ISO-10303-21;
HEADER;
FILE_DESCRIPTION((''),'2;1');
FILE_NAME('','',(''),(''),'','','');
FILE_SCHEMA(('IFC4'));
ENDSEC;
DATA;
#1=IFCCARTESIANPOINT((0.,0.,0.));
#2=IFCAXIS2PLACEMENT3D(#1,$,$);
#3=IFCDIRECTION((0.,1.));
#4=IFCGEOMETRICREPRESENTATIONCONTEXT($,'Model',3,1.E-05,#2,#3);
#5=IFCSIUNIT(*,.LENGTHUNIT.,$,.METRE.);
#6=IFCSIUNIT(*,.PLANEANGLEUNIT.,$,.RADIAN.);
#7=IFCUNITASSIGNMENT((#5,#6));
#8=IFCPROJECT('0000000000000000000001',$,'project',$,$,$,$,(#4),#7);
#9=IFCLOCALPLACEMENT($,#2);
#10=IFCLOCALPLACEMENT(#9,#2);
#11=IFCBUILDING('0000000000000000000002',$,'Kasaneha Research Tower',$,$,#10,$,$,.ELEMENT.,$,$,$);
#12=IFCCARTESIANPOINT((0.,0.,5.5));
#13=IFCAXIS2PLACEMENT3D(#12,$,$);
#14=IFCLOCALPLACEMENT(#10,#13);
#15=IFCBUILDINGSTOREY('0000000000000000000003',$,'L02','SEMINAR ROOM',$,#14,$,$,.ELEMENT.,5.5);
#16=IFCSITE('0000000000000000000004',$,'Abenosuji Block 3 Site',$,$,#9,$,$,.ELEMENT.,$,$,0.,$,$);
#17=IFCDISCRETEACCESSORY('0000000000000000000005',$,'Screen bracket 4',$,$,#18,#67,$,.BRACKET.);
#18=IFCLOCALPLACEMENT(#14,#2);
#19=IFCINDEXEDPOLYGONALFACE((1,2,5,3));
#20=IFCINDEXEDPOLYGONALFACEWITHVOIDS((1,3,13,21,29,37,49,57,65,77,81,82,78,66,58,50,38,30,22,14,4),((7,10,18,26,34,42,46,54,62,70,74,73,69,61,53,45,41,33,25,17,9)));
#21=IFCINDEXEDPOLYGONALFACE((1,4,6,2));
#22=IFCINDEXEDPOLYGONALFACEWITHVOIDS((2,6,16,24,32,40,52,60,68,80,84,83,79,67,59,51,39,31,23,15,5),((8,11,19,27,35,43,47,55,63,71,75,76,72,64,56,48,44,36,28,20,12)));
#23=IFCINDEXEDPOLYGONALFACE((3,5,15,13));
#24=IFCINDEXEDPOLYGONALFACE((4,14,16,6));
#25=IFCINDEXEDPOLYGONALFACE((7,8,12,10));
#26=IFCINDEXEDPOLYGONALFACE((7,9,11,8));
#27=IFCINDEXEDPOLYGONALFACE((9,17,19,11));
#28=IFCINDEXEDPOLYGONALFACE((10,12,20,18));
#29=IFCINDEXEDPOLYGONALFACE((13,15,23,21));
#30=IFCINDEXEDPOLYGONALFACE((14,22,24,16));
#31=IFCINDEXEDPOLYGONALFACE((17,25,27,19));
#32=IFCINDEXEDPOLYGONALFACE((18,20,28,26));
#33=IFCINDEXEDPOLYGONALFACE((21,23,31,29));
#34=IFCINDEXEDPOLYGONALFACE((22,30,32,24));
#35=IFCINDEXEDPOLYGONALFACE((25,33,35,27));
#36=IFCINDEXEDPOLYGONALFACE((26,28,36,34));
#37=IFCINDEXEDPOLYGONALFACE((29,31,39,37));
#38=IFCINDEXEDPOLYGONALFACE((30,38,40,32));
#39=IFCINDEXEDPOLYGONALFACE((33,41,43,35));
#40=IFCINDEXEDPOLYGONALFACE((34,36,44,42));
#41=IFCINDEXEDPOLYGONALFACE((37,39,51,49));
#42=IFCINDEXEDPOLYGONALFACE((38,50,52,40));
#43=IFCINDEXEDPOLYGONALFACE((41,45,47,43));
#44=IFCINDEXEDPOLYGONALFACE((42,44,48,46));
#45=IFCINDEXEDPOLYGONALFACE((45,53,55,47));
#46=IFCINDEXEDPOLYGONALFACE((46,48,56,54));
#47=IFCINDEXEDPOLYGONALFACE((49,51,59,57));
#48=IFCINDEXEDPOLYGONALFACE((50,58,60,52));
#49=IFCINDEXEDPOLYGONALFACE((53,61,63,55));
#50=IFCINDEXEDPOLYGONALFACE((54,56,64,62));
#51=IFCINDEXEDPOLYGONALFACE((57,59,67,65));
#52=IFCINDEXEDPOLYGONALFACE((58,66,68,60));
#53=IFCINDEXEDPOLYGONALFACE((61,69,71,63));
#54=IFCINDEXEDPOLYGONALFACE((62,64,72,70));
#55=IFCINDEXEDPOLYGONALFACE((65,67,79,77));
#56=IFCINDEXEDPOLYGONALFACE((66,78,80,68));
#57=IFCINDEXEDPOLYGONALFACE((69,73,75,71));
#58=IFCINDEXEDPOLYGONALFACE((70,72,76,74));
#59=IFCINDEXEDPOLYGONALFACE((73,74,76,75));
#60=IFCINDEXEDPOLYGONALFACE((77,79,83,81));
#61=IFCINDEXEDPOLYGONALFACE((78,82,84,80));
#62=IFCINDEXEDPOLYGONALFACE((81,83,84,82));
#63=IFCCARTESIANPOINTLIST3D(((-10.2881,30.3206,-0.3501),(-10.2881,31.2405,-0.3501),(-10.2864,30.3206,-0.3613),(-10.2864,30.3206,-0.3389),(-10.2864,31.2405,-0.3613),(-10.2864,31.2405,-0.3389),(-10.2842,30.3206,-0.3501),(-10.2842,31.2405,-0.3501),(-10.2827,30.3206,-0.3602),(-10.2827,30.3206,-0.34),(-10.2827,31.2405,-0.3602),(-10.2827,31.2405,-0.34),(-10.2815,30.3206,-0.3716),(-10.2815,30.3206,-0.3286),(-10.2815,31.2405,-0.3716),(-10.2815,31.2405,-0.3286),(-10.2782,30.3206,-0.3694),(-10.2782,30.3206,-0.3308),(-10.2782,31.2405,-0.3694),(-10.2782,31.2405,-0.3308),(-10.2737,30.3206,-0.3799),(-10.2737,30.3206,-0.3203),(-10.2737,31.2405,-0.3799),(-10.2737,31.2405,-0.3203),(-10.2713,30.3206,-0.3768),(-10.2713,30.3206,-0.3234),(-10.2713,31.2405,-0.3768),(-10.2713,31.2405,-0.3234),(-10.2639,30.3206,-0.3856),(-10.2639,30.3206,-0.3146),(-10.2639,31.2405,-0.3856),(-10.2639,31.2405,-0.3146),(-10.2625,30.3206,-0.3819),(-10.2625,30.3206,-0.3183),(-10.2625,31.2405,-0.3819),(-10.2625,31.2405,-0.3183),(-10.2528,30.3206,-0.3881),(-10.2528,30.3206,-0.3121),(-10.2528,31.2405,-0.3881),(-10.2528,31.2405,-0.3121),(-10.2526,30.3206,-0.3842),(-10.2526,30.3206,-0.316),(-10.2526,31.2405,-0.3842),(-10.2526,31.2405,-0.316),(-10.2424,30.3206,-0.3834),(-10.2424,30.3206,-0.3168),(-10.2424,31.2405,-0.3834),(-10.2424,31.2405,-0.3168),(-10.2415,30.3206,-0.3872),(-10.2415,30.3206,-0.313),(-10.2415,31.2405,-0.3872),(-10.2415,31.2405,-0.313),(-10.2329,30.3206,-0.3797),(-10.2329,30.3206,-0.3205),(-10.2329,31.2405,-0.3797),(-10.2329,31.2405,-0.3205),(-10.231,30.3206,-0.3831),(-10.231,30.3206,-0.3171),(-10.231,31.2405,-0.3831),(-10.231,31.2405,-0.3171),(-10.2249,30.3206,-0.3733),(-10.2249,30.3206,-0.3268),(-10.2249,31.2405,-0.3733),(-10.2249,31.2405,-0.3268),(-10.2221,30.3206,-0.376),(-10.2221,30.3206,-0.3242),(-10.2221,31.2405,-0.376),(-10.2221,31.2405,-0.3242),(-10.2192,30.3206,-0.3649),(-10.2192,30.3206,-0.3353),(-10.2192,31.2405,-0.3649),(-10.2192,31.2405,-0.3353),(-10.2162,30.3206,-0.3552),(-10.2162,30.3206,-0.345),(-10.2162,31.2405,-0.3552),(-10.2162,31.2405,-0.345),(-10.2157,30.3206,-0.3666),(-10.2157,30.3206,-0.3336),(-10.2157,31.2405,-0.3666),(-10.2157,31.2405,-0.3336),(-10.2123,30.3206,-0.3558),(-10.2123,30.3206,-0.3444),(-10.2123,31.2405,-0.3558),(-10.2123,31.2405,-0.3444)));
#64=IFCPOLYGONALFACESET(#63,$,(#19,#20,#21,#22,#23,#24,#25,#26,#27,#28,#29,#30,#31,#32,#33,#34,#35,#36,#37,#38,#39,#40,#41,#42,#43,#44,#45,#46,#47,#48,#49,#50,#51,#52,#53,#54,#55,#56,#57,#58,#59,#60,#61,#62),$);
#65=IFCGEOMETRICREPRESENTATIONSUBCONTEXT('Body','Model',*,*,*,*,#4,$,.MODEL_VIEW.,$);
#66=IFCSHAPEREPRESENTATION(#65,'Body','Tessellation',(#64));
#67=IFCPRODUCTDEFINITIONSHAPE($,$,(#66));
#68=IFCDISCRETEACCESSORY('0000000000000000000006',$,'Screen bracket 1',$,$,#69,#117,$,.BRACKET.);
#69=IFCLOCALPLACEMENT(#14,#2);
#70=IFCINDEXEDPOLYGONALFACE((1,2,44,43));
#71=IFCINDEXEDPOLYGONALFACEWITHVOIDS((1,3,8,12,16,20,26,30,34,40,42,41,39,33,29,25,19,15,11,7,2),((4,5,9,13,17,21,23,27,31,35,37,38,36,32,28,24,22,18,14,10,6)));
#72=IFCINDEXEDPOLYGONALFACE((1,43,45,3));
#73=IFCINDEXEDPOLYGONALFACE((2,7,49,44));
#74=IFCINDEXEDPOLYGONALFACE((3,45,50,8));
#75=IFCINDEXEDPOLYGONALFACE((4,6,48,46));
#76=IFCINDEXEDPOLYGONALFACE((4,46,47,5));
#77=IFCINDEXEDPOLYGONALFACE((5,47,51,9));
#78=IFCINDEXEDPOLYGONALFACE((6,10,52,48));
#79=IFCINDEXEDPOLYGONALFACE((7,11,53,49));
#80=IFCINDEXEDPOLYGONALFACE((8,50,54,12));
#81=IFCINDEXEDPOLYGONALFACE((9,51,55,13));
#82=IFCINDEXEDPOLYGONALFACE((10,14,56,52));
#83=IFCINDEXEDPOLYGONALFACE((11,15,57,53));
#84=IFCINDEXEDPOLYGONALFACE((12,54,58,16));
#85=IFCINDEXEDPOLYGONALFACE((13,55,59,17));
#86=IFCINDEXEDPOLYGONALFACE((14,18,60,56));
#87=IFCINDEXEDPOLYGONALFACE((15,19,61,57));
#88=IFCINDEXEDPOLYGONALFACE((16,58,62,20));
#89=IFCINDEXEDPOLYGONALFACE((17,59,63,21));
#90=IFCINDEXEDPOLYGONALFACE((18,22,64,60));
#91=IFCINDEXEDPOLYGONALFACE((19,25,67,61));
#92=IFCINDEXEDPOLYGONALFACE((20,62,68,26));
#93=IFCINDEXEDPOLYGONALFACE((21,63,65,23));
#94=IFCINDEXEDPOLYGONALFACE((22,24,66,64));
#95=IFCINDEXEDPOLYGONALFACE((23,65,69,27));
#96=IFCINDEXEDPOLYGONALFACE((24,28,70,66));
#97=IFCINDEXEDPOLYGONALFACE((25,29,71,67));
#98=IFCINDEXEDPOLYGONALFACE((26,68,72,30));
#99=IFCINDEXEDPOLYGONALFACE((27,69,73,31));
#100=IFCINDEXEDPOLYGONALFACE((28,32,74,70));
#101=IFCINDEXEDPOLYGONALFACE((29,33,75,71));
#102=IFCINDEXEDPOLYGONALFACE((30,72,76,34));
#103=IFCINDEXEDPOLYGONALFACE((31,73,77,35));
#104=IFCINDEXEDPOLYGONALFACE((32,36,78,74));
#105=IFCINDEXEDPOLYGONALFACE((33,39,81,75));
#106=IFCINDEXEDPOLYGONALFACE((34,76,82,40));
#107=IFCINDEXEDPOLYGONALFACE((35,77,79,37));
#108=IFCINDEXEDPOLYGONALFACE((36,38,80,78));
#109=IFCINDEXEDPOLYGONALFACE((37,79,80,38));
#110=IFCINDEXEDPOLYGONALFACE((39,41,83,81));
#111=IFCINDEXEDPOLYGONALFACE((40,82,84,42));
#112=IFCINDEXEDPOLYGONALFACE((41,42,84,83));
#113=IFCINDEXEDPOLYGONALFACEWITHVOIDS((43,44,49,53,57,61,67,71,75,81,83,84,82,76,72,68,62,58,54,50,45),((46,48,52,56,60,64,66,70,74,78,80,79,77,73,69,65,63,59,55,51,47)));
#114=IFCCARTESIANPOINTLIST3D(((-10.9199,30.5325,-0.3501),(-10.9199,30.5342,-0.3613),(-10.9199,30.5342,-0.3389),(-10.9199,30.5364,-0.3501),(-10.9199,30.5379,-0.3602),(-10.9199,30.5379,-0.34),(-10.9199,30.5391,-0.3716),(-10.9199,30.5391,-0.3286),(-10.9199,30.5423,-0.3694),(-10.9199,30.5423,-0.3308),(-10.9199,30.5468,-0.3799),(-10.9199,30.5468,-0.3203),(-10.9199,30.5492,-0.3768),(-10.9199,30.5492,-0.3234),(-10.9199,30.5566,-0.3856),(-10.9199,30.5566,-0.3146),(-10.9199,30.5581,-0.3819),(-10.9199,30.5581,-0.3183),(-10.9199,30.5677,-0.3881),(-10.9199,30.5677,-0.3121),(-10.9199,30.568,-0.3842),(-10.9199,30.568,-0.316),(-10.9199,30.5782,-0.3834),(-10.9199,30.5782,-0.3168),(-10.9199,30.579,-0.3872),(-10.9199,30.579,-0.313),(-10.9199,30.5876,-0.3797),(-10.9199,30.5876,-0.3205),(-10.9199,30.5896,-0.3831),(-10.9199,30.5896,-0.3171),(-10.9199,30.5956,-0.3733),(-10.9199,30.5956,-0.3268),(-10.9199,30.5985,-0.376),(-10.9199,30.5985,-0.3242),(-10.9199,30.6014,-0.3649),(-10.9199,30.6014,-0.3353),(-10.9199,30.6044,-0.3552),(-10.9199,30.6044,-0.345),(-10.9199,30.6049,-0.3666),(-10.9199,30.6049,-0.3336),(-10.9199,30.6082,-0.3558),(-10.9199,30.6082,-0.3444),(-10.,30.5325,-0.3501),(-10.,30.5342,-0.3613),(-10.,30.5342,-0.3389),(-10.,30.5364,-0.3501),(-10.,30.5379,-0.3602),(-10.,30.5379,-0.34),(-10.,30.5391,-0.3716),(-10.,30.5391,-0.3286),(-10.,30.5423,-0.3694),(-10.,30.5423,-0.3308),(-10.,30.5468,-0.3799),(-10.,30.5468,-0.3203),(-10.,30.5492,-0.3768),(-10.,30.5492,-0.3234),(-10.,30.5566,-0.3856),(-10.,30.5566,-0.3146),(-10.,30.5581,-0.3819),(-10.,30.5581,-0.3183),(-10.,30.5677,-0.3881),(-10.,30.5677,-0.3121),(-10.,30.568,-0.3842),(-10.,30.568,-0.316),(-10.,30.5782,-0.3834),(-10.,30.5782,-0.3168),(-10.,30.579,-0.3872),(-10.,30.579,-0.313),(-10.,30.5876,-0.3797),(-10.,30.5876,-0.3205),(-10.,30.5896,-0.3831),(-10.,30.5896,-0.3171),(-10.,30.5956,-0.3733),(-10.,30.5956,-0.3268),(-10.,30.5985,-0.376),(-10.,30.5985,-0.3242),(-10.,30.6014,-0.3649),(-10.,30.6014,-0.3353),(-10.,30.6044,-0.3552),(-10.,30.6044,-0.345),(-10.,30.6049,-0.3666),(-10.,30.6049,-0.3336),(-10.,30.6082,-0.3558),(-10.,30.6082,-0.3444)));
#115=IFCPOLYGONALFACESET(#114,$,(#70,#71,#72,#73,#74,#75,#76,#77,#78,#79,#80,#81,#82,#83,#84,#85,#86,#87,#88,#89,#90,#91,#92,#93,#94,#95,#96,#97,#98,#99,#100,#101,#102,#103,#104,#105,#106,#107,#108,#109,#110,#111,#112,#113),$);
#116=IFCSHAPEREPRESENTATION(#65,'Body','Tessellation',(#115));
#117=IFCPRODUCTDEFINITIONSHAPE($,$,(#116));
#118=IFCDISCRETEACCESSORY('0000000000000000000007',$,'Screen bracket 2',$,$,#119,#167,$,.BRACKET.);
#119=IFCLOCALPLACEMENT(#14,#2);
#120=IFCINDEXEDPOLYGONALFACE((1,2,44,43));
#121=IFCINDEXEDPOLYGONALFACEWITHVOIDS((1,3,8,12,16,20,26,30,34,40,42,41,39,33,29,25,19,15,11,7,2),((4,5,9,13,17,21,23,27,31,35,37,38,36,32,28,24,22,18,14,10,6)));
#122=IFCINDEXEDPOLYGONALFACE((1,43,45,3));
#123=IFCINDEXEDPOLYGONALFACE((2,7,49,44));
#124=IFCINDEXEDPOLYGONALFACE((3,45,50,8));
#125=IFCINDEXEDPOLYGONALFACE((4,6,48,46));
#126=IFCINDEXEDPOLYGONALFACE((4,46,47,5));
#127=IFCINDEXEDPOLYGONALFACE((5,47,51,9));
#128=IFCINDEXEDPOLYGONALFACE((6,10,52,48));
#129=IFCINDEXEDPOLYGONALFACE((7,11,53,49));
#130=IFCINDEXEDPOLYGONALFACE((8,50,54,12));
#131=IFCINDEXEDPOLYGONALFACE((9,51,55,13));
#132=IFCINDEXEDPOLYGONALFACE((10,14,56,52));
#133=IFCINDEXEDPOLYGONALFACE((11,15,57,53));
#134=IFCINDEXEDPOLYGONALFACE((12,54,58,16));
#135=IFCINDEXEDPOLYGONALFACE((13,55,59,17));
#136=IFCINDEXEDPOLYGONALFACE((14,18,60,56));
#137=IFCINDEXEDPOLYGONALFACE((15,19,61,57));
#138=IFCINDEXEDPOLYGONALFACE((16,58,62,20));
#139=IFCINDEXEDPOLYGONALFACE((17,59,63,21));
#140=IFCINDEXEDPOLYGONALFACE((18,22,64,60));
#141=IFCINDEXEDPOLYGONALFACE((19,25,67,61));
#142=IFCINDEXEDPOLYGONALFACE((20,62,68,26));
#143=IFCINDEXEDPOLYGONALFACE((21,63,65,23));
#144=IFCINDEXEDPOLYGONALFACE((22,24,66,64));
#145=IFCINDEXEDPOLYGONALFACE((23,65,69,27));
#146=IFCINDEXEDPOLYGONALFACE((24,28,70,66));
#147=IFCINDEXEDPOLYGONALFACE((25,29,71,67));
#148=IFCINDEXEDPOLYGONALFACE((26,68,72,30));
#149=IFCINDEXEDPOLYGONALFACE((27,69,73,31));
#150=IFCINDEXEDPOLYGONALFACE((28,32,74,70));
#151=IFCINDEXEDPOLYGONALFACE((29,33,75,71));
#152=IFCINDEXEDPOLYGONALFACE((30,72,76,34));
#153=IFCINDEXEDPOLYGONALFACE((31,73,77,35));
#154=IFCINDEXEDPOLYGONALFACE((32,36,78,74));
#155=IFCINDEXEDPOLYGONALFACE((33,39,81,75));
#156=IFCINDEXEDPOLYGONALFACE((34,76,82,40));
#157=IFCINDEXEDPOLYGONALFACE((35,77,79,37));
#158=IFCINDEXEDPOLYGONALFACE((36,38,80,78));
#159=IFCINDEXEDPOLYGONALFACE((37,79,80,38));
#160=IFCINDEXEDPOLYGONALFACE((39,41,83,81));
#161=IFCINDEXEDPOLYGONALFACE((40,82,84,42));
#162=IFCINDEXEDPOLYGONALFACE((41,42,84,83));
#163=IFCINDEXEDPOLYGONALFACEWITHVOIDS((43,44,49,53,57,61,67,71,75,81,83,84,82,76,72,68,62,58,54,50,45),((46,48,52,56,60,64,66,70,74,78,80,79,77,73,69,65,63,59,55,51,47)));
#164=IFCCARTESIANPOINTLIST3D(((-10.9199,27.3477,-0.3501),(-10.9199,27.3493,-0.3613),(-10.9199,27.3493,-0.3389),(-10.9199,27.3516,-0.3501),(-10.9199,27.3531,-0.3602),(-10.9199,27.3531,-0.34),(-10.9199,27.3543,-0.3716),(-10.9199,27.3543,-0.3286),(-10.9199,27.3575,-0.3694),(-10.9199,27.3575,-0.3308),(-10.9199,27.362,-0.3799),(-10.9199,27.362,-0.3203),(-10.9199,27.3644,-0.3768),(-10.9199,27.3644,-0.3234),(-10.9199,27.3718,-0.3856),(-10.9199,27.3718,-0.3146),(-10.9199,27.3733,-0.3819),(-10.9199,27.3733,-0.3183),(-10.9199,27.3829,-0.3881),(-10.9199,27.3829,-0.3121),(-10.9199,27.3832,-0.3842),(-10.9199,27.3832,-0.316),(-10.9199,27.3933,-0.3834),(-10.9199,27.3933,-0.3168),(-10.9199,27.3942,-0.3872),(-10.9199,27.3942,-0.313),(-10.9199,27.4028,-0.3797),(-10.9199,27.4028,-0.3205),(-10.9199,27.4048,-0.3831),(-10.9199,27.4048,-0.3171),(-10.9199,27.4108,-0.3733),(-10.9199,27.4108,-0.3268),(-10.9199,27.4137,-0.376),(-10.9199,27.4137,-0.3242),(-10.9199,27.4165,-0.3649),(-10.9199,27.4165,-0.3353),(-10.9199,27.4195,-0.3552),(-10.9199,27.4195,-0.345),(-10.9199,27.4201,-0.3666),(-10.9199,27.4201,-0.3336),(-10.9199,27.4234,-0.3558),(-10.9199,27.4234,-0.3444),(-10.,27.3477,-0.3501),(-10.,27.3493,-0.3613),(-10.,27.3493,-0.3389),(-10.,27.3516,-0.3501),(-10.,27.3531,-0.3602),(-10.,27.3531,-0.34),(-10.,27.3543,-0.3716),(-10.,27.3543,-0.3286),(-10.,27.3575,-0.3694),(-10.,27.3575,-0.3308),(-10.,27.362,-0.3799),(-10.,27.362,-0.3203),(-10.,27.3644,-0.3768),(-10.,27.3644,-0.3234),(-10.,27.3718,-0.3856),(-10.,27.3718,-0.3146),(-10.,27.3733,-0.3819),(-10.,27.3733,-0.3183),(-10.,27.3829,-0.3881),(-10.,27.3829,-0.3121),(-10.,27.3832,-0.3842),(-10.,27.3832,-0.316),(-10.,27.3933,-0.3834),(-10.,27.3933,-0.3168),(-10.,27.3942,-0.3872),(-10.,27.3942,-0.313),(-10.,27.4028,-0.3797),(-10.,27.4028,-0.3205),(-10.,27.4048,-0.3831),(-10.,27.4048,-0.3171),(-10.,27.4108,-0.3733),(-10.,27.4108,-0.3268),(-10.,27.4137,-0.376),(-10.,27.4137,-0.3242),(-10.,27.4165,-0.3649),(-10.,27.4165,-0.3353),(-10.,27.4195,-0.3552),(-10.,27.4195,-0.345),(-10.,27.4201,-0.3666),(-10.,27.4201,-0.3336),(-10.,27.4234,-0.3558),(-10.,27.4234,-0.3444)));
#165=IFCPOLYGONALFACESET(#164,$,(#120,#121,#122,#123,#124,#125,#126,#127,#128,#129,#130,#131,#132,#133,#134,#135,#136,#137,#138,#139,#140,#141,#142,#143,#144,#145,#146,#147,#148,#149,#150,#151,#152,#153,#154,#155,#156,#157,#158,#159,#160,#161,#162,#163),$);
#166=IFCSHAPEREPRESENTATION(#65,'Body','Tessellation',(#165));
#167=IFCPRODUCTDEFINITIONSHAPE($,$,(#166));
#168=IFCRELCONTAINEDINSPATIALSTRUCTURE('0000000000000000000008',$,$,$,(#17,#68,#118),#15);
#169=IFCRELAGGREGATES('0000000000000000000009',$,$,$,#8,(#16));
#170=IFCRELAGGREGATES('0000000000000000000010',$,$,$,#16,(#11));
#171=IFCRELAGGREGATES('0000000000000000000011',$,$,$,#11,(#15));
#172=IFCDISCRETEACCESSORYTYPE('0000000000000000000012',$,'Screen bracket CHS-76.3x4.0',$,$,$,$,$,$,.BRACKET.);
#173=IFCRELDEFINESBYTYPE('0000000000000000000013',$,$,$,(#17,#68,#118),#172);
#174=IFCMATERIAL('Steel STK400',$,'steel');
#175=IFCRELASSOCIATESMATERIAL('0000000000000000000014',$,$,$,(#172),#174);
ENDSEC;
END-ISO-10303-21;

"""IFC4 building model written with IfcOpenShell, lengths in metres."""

from ifc_helpers import new_model, si_unit, direction, frame, origin, origin_2d, place, context, subcontext, project, spatial, hollow_circle, extrude, material, material_profile, profile_set, type_object, element, save


model = new_model("IFC4")

# Units and contexts
model_context = context("Model", 3, precision=1e-05, world=origin(), true_north=direction((0.0, 1.0)))
body_context = subcontext(model_context, "Body", "Model", "MODEL_VIEW")
ifc_project = project(units=[si_unit("LENGTHUNIT", "METRE"), si_unit("PLANEANGLEUNIT", "RADIAN")], contexts=[model_context])

# Site, building, storey
site_placement = place(None, origin())
site = spatial("IfcSite", under=ifc_project, at=site_placement, Name="Abenosuji Block 3 Site", CompositionType="ELEMENT", RefElevation=0.0)
building_placement = place(site_placement, origin())
building = spatial("IfcBuilding", under=site, at=building_placement, Name="Kasaneha Research Tower", CompositionType="ELEMENT")
storey_placement = place(building_placement, frame((0.0, 0.0, 5.5)))
storey = spatial("IfcBuildingStorey", under=building, at=storey_placement, Name="L02", Description="SEMINAR ROOM", CompositionType="ELEMENT", Elevation=5.5)

# Discrete accessories
ifc_material_1 = material(Name="Steel STK400", Category="steel")
ifc_material_profile_1 = material_profile(ifc_material_1, hollow_circle(Radius=0.0381, WallThickness=0.0039, at=origin_2d()), Name="CHS-76.3x4.0")
ifc_profile_set_1 = profile_set([ifc_material_profile_1], Name="Steel STK400")
discrete_accessory_type = type_object("IfcDiscreteAccessoryType", Name="Screen bracket CHS-76.3x4.0", PredefinedType="BRACKET", material=ifc_profile_set_1)
for number, where, z_axis, x_axis, name in (
    (1, (-10.25, 30.3206, -0.3501), (0.0, 1.0, 0.0), (-1.0, 0.0, 0.0), "Screen bracket 4"),
    (2, (-10.0, 30.5706, -0.3501), (-1.0, 0.0, 0.0), (0.0, -1.0, 0.0), "Screen bracket 1"),
    (3, (-10.0, 27.3857, -0.3501), (-1.0, 0.0, 0.0), (0.0, -1.0, 0.0), "Screen bracket 2"),
):
    element("IfcDiscreteAccessory", number, at=place(storey_placement, frame(where, z_axis=z_axis, x_axis=x_axis)), inside=storey, type_object=discrete_accessory_type, Name=name, PredefinedType="BRACKET", context=body_context, shape_type="SweptSolid", body=[
        extrude(hollow_circle(Radius=0.0381, WallThickness=0.0039, at=origin_2d()), origin(), (0.0, 0.0, 1.0), 0.9199),
    ])

save(model, "model.ifc")
